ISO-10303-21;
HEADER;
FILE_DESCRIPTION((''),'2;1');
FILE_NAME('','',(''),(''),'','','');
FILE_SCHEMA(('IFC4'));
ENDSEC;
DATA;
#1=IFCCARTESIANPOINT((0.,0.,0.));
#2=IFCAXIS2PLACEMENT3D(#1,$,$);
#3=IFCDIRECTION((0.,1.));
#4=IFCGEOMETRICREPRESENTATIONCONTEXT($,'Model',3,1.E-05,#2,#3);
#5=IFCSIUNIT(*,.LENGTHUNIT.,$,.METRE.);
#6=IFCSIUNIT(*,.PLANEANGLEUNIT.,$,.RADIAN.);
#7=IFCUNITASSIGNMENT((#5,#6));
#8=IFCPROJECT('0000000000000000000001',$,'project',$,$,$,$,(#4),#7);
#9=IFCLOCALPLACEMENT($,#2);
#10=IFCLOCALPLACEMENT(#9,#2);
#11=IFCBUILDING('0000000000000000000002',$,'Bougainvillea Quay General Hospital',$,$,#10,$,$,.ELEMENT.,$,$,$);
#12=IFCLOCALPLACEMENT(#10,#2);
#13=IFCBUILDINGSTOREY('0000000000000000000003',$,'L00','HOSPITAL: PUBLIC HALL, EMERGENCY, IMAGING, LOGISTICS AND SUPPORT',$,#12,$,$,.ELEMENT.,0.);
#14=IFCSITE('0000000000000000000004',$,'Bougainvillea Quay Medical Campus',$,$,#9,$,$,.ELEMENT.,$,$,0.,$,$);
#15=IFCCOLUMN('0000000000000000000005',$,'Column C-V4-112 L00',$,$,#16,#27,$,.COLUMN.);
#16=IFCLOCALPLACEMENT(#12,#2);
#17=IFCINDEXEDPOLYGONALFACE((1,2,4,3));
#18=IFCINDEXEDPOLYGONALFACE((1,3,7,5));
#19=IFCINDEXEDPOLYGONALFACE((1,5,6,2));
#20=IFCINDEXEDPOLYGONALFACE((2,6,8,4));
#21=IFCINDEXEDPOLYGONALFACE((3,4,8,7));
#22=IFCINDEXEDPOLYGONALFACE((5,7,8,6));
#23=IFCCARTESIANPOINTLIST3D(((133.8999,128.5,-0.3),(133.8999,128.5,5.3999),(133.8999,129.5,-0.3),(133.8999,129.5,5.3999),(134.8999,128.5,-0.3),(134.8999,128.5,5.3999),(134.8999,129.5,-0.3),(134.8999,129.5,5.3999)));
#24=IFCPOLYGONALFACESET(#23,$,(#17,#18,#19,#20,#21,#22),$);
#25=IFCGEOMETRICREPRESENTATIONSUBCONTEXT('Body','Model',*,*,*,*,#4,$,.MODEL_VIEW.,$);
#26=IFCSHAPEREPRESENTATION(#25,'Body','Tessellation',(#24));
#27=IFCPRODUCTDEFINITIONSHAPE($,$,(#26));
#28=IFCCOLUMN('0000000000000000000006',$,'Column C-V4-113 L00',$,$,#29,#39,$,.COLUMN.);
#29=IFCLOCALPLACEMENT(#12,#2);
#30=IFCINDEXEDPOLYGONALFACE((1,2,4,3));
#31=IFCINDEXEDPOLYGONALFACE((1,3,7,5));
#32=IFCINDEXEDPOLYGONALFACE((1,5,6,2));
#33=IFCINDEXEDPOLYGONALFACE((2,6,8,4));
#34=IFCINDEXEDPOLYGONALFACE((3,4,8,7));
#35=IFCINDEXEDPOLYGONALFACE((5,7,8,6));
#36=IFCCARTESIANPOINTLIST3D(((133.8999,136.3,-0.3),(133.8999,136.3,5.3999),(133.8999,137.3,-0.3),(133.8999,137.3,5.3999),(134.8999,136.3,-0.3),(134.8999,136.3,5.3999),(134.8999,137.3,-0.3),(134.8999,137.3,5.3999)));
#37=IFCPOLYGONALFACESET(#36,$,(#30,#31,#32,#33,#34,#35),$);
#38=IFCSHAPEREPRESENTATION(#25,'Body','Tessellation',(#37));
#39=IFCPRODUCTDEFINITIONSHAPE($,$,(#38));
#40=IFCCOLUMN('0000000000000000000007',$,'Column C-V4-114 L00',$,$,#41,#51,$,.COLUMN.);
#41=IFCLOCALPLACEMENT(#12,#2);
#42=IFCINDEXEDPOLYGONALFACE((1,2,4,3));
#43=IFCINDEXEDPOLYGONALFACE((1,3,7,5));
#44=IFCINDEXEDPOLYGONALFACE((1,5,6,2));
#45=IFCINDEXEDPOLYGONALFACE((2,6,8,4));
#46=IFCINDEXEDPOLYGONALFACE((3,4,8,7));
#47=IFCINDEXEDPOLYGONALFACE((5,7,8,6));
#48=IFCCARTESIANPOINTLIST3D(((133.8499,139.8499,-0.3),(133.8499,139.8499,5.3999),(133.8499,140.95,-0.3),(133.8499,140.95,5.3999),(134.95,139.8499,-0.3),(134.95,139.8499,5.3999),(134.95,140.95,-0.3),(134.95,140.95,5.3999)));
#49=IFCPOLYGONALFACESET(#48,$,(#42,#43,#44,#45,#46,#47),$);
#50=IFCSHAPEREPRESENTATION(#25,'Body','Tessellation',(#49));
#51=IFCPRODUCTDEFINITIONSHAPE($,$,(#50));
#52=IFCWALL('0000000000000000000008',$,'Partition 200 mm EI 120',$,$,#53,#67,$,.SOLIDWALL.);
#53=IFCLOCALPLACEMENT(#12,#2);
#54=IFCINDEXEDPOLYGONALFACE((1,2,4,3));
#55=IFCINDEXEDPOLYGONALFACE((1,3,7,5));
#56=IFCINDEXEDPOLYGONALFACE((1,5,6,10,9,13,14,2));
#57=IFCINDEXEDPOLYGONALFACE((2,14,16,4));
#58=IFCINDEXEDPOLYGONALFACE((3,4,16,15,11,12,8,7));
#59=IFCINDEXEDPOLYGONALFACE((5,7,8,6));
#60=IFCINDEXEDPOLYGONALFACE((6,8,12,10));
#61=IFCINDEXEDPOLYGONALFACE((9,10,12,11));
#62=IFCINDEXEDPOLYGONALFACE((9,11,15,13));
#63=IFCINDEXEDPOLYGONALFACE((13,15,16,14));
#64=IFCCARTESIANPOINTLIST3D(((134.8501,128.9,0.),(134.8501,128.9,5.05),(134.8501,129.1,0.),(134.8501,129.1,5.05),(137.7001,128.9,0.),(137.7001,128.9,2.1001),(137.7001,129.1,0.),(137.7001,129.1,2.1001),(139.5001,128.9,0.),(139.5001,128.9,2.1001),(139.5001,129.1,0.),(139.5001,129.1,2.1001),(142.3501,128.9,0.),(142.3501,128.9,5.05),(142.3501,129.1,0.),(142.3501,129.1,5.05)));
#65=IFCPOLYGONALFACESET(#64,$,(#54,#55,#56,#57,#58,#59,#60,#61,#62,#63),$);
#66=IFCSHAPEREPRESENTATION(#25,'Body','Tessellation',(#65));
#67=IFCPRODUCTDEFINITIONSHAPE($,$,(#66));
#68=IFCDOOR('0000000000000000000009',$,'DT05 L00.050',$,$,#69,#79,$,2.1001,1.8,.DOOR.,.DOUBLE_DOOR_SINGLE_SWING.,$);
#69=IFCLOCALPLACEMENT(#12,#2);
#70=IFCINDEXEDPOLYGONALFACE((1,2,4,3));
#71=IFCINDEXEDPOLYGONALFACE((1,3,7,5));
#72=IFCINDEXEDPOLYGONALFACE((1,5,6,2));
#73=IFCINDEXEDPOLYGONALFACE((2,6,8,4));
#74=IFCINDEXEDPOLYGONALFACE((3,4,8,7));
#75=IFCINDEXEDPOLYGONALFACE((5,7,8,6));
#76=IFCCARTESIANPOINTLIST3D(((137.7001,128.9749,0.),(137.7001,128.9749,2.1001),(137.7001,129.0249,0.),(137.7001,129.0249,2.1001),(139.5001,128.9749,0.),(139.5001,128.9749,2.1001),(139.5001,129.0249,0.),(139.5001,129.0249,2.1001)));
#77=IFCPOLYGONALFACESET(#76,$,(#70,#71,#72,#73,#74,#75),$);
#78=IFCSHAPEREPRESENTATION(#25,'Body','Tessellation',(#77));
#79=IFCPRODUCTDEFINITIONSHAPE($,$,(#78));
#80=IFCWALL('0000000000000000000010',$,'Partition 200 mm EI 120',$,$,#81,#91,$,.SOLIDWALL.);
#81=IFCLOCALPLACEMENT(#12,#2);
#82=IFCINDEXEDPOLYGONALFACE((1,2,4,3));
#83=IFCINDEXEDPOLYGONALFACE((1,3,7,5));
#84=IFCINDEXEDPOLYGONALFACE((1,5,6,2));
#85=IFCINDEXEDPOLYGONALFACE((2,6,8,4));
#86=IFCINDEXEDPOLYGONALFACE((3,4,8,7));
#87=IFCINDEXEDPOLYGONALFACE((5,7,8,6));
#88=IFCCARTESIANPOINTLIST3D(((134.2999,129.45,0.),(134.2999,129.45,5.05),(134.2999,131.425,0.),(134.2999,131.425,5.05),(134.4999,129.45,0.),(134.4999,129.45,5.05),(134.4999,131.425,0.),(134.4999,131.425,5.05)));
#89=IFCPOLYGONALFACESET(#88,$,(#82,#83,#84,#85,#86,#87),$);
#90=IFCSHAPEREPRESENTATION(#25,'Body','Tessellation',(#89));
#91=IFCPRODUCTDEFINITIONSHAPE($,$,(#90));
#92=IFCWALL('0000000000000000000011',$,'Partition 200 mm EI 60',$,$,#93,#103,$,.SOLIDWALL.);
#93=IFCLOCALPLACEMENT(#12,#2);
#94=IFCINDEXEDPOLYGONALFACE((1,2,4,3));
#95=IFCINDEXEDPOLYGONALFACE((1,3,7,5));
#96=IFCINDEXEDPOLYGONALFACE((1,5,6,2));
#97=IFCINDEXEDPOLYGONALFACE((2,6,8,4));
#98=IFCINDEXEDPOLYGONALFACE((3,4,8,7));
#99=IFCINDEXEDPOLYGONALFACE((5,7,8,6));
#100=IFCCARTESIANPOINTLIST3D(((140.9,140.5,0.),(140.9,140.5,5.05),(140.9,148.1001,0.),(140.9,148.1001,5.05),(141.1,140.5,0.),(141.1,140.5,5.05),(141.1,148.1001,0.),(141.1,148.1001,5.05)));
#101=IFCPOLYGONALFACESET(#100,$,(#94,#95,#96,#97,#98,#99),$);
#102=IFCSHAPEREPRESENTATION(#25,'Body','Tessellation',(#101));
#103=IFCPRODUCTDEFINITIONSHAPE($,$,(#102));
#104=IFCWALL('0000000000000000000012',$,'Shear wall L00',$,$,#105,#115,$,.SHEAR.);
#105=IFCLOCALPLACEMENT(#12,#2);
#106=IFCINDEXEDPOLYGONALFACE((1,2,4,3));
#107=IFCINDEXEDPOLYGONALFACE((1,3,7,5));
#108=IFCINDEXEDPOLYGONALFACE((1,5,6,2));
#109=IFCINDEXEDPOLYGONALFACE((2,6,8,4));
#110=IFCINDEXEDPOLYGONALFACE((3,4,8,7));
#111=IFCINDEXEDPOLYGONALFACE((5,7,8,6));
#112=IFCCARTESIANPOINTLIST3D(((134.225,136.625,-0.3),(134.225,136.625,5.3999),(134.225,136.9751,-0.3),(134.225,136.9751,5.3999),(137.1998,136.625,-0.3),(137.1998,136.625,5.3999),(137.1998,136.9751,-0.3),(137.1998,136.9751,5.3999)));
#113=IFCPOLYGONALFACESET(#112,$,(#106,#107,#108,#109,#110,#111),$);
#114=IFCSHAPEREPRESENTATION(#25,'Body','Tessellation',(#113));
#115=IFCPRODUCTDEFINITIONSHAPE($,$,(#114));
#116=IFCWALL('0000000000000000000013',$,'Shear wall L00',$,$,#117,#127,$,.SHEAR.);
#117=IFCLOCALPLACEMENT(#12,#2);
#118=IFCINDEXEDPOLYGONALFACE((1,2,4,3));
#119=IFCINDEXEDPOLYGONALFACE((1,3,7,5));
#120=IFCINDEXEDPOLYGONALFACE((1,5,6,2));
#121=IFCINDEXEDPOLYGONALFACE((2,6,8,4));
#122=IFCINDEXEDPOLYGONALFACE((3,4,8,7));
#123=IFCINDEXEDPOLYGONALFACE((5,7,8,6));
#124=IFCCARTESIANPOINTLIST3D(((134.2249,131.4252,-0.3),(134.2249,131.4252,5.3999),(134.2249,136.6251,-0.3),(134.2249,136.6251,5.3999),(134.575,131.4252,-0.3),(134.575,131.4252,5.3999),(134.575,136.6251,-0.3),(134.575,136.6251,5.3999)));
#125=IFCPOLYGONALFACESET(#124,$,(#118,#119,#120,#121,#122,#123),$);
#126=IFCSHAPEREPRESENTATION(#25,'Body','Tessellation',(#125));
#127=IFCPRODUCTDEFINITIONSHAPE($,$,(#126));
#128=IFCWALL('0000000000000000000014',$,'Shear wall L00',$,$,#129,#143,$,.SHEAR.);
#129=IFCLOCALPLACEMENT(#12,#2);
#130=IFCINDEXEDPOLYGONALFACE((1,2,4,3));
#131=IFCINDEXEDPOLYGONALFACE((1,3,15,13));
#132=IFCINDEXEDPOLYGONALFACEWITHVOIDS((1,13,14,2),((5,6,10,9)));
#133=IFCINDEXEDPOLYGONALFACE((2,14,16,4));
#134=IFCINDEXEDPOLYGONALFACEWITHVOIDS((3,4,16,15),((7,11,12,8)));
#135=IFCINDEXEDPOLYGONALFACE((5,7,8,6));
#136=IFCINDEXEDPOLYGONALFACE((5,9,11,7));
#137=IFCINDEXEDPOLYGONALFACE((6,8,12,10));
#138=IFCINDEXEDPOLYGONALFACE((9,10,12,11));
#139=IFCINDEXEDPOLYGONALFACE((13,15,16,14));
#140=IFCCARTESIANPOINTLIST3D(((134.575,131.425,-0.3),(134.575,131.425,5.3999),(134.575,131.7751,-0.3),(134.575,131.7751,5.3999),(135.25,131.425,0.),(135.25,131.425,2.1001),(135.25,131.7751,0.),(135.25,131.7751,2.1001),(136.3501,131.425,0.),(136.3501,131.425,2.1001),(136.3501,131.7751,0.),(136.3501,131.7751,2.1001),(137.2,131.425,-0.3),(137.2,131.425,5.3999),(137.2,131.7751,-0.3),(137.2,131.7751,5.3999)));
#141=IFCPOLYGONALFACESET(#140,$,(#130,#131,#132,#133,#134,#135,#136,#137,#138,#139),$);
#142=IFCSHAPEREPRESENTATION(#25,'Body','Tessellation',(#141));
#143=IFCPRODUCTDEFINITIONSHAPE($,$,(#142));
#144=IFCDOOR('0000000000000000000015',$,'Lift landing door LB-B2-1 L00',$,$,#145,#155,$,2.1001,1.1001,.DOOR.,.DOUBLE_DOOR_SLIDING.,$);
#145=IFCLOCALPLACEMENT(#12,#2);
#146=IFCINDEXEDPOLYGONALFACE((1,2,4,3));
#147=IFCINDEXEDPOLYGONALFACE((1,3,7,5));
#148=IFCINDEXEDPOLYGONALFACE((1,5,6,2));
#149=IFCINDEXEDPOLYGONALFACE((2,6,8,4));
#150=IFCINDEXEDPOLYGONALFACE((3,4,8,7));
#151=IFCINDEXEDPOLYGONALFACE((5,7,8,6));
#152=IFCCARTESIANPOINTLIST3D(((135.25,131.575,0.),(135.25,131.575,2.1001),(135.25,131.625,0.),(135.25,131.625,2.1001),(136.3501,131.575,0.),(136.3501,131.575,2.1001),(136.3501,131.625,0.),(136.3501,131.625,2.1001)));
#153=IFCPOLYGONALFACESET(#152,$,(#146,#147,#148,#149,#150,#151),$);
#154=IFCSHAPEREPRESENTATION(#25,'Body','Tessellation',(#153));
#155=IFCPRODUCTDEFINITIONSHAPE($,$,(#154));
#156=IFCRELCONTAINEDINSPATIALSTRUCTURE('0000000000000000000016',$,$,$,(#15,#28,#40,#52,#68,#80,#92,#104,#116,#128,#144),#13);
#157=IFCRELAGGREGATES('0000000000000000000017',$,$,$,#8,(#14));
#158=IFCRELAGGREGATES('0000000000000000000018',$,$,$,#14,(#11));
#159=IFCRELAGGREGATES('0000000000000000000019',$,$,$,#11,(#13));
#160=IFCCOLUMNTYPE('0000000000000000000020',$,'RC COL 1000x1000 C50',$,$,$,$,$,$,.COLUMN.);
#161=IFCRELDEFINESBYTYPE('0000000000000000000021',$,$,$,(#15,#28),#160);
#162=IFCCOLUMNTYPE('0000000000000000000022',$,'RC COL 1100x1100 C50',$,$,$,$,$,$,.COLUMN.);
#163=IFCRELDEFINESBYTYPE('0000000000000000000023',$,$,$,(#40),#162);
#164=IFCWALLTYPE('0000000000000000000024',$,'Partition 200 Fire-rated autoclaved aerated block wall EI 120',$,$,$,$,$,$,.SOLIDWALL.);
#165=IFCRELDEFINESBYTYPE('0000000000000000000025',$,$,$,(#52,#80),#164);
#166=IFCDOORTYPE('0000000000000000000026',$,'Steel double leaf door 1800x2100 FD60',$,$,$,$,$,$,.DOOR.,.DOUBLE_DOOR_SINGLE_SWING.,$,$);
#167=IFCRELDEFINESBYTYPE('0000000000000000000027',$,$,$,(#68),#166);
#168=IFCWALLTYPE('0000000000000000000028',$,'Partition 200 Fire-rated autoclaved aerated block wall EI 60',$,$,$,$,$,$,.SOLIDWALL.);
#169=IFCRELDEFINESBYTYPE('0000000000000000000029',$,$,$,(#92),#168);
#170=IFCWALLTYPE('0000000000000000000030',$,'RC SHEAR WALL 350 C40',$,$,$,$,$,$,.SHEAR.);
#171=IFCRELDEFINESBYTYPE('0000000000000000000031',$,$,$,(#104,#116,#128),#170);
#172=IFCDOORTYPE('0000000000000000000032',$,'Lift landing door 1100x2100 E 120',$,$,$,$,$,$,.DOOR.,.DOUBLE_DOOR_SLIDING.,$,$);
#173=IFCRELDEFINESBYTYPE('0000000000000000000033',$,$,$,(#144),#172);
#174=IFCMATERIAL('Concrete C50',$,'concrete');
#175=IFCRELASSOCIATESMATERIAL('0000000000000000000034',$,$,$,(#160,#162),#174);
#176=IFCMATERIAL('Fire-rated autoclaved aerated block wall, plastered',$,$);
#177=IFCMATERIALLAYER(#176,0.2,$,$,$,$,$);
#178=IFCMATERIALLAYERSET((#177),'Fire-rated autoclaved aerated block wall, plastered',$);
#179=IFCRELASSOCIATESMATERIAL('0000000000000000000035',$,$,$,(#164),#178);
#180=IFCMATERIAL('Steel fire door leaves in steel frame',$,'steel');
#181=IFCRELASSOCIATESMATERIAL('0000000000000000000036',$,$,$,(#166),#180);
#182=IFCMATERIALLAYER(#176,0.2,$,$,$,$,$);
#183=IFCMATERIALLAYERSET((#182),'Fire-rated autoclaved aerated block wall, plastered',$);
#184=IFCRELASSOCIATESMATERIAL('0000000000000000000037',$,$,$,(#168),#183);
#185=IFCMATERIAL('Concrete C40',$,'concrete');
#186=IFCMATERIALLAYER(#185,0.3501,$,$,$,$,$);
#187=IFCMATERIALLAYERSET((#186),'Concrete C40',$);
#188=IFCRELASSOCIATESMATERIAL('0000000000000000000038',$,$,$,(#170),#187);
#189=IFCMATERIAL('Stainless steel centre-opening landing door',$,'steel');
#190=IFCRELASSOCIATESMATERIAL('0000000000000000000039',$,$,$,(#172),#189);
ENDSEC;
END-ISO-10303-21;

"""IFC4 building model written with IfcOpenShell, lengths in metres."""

from ifc_helpers import new_model, si_unit, direction, frame, frame_2d, origin, origin_2d, place, context, subcontext, project, spatial, rectangle, extrude, material, layer, layer_set, material_profile, profile_set, type_object, element, fill, save


model = new_model("IFC4")

# Units and contexts
model_context = context("Model", 3, precision=1e-05, world=origin(), true_north=direction((0.0, 1.0)))
body_context = subcontext(model_context, "Body", "Model", "MODEL_VIEW")
ifc_project = project(units=[si_unit("LENGTHUNIT", "METRE"), si_unit("PLANEANGLEUNIT", "RADIAN")], contexts=[model_context])

# Site, building, storey
site_placement = place(None, origin())
site = spatial("IfcSite", under=ifc_project, at=site_placement, Name="Bougainvillea Quay Medical Campus", CompositionType="ELEMENT", RefElevation=0.0)
building_placement = place(site_placement, origin())
building = spatial("IfcBuilding", under=site, at=building_placement, Name="Bougainvillea Quay General Hospital", CompositionType="ELEMENT")
storey_placement = place(building_placement, origin())
storey = spatial("IfcBuildingStorey", under=building, at=storey_placement, Name="L00", Description="HOSPITAL: PUBLIC HALL, EMERGENCY, IMAGING, LOGISTICS AND SUPPORT", CompositionType="ELEMENT", Elevation=0.0)

# Shared definitions
ifc_material_1 = material(Name="Concrete C40", Category="concrete")

# Columns
ifc_material_2 = material(Name="Concrete C50", Category="concrete")
ifc_material_profile_1 = material_profile(ifc_material_2, rectangle(XDim=1.0, YDim=1.0, at=origin_2d()))
ifc_profile_set_1 = profile_set([ifc_material_profile_1], Name="Concrete C50")
column_type_1 = type_object("IfcColumnType", Name="RC COL 1000x1000 C50", PredefinedType="COLUMN", material=ifc_profile_set_1)
for number, where, z_axis, x_axis, name in (
    (1, (134.3999, 129.0, -0.3), (0.0, 0.0, 1.0), (1.0, 0.0, 0.0), "Column C-V4-112 L00"),
    (2, (134.3999, 136.8, -0.3), (0.0, 0.0, 1.0), (1.0, 0.0, 0.0), "Column C-V4-113 L00"),
):
    element("IfcColumn", number, at=place(storey_placement, frame(where, z_axis=z_axis, x_axis=x_axis)), inside=storey, type_object=column_type_1, Name=name, PredefinedType="COLUMN", context=body_context, shape_type="SweptSolid", body=[
        extrude(rectangle(XDim=1.0, YDim=1.0, at=origin_2d()), origin(), (0.0, 0.0, 1.0), 5.7),
    ])
ifc_material_profile_2 = material_profile(ifc_material_2, rectangle(XDim=1.1001, YDim=1.1001, at=origin_2d()))
ifc_profile_set_2 = profile_set([ifc_material_profile_2], Name="Concrete C50")
column_type_2 = type_object("IfcColumnType", Name="RC COL 1100x1100 C50", PredefinedType="COLUMN", material=ifc_profile_set_2)
column_placement = place(storey_placement, frame((134.3999, 140.3999, -0.3), z_axis=(0.0, 0.0, 1.0), x_axis=(1.0, 0.0, 0.0)))
element("IfcColumn", 3, at=column_placement, inside=storey, type_object=column_type_2, Name="Column C-V4-114 L00", PredefinedType="COLUMN", context=body_context, shape_type="SweptSolid", body=[
    extrude(rectangle(XDim=1.1001, YDim=1.1001, at=origin_2d()), origin(), (0.0, 0.0, 1.0), 5.7),
])

# Wall, opening, door
ifc_material_3 = material(Name="Fire-rated autoclaved aerated block wall, plastered")
ifc_layer_1 = layer(ifc_material_3, 0.2)
ifc_layer_set_1 = layer_set([ifc_layer_1], Name="Fire-rated autoclaved aerated block wall, plastered")
wall_type_1 = type_object("IfcWallType", Name="Partition 200 Fire-rated autoclaved aerated block wall EI 120", PredefinedType="SOLIDWALL", material=ifc_layer_set_1)
wall_1_placement = place(storey_placement, frame((134.8501, 129.0, 0.0), z_axis=(0.0, 0.0, 1.0), x_axis=(1.0, 0.0, 0.0)))
wall_1 = element("IfcWall", 4, at=wall_1_placement, inside=storey, type_object=wall_type_1, Name="Partition 200 mm EI 120", PredefinedType="SOLIDWALL", context=body_context, shape_type="SweptSolid", body=[
    extrude(rectangle(XDim=7.5, YDim=0.2, at=frame_2d((3.75, 0.0))), origin(), (0.0, 0.0, 1.0), 5.05),
])
opening_1_placement = place(wall_1_placement, frame((2.8501, 0.0, 0.0)))
opening_1 = element("IfcOpeningElement", 5, at=opening_1_placement, cuts=wall_1, PredefinedType="OPENING", context=body_context, shape_type="SweptSolid", body=[
    extrude(rectangle(XDim=1.8, YDim=2.1001, at=frame_2d((0.8999, 1.05))), frame((0.0, 0.1099, 0.0), z_axis=(0.0, -1.0, 0.0), x_axis=(1.0, 0.0, 0.0)), (0.0, 0.0, 1.0), 0.22),
])
ifc_material_4 = material(Name="Steel fire door leaves in steel frame", Category="steel")
door_type_1 = type_object("IfcDoorType", Name="Steel double leaf door 1800x2100 FD60", OperationType="DOUBLE_DOOR_SINGLE_SWING", PredefinedType="DOOR", material=ifc_material_4)
door_1_placement = place(opening_1_placement, origin())
door_1 = element("IfcDoor", 6, at=door_1_placement, inside=storey, type_object=door_type_1, Name="DT05 L00.050", OperationType="DOUBLE_DOOR_SINGLE_SWING", OverallHeight=2.1001, OverallWidth=1.8, PredefinedType="DOOR", context=body_context, shape_type="SweptSolid", body=[
    extrude(rectangle(XDim=1.8, YDim=2.1001, at=frame_2d((0.8999, 1.05))), frame((0.0, 0.0249, 0.0), z_axis=(0.0, -1.0, 0.0), x_axis=(1.0, 0.0, 0.0)), (0.0, 0.0, 1.0), 0.05),
])
fill(opening_1, door_1)

# Walls
wall_2_placement = place(storey_placement, frame((134.3999, 129.45, 0.0), z_axis=(0.0, 0.0, 1.0), x_axis=(0.0, 1.0, 0.0)))
element("IfcWall", 7, at=wall_2_placement, inside=storey, type_object=wall_type_1, Name="Partition 200 mm EI 120", PredefinedType="SOLIDWALL", context=body_context, shape_type="SweptSolid", body=[
    extrude(rectangle(XDim=1.9751, YDim=0.2, at=frame_2d((0.9875, 0.0))), origin(), (0.0, 0.0, 1.0), 5.05),
])
ifc_layer_2 = layer(ifc_material_3, 0.2)
ifc_layer_set_2 = layer_set([ifc_layer_2], Name="Fire-rated autoclaved aerated block wall, plastered")
wall_type_2 = type_object("IfcWallType", Name="Partition 200 Fire-rated autoclaved aerated block wall EI 60", PredefinedType="SOLIDWALL", material=ifc_layer_set_2)
wall_3_placement = place(storey_placement, frame((141.0, 140.5, 0.0), z_axis=(0.0, 0.0, 1.0), x_axis=(0.0, 1.0, 0.0)))
element("IfcWall", 8, at=wall_3_placement, inside=storey, type_object=wall_type_2, Name="Partition 200 mm EI 60", PredefinedType="SOLIDWALL", context=body_context, shape_type="SweptSolid", body=[
    extrude(rectangle(XDim=7.6001, YDim=0.2, at=frame_2d((3.8, 0.0))), origin(), (0.0, 0.0, 1.0), 5.05),
])
ifc_layer_3 = layer(ifc_material_1, 0.3501)
ifc_layer_set_3 = layer_set([ifc_layer_3], Name="Concrete C40")
wall_type_3 = type_object("IfcWallType", Name="RC SHEAR WALL 350 C40", PredefinedType="SHEAR", material=ifc_layer_set_3)
wall_4_placement = place(storey_placement, frame((134.2251, 136.8, -0.3), z_axis=(0.0, 0.0, 1.0), x_axis=(1.0, 0.0, 0.0)))
element("IfcWall", 9, at=wall_4_placement, inside=storey, type_object=wall_type_3, Name="Shear wall L00", PredefinedType="SHEAR", context=body_context, shape_type="SweptSolid", body=[
    extrude(rectangle(XDim=2.9749, YDim=0.3501, at=frame_2d((1.4873, 0.0))), origin(), (0.0, 0.0, 1.0), 5.7),
])
wall_5_placement = place(storey_placement, frame((134.3999, 131.425, -0.3), z_axis=(0.0, 0.0, 1.0), x_axis=(0.0, 1.0, 0.0)))
element("IfcWall", 10, at=wall_5_placement, inside=storey, type_object=wall_type_3, Name="Shear wall L00", PredefinedType="SHEAR", context=body_context, shape_type="SweptSolid", body=[
    extrude(rectangle(XDim=5.2, YDim=0.3501, at=frame_2d((2.6001, 0.0))), origin(), (0.0, 0.0, 1.0), 5.7),
])

# Wall, opening, door
wall_6_placement = place(storey_placement, frame((134.575, 131.6001, -0.3), z_axis=(0.0, 0.0, 1.0), x_axis=(1.0, 0.0, 0.0)))
wall_6 = element("IfcWall", 11, at=wall_6_placement, inside=storey, type_object=wall_type_3, Name="Shear wall L00", PredefinedType="SHEAR", context=body_context, shape_type="SweptSolid", body=[
    extrude(rectangle(XDim=2.625, YDim=0.3501, at=frame_2d((1.3125, 0.0))), origin(), (0.0, 0.0, 1.0), 5.7),
])
opening_2_placement = place(wall_6_placement, frame((0.675, 0.0, 0.3)))
opening_2 = element("IfcOpeningElement", 12, at=opening_2_placement, cuts=wall_6, PredefinedType="OPENING", context=body_context, shape_type="SweptSolid", body=[
    extrude(rectangle(XDim=1.1001, YDim=2.1001, at=frame_2d((0.55, 1.05))), frame((0.0, 0.1851, 0.0), z_axis=(0.0, -1.0, 0.0), x_axis=(1.0, 0.0, 0.0)), (0.0, 0.0, 1.0), 0.3701),
])
ifc_material_5 = material(Name="Stainless steel centre-opening landing door", Category="steel")
door_type_2 = type_object("IfcDoorType", Name="Lift landing door 1100x2100 E 120", OperationType="DOUBLE_DOOR_SLIDING", PredefinedType="DOOR", material=ifc_material_5)
door_2_placement = place(opening_2_placement, origin())
door_2 = element("IfcDoor", 13, at=door_2_placement, inside=storey, type_object=door_type_2, Name="Lift landing door LB-B2-1 L00", OperationType="DOUBLE_DOOR_SLIDING", OverallHeight=2.1001, OverallWidth=1.1001, PredefinedType="DOOR", context=body_context, shape_type="SweptSolid", body=[
    extrude(rectangle(XDim=1.1001, YDim=2.1001, at=frame_2d((0.55, 1.05))), frame((0.0, 0.0249, 0.0), z_axis=(0.0, -1.0, 0.0), x_axis=(1.0, 0.0, 0.0)), (0.0, 0.0, 1.0), 0.05),
])
fill(opening_2, door_2)

save(model, "model.ifc")
